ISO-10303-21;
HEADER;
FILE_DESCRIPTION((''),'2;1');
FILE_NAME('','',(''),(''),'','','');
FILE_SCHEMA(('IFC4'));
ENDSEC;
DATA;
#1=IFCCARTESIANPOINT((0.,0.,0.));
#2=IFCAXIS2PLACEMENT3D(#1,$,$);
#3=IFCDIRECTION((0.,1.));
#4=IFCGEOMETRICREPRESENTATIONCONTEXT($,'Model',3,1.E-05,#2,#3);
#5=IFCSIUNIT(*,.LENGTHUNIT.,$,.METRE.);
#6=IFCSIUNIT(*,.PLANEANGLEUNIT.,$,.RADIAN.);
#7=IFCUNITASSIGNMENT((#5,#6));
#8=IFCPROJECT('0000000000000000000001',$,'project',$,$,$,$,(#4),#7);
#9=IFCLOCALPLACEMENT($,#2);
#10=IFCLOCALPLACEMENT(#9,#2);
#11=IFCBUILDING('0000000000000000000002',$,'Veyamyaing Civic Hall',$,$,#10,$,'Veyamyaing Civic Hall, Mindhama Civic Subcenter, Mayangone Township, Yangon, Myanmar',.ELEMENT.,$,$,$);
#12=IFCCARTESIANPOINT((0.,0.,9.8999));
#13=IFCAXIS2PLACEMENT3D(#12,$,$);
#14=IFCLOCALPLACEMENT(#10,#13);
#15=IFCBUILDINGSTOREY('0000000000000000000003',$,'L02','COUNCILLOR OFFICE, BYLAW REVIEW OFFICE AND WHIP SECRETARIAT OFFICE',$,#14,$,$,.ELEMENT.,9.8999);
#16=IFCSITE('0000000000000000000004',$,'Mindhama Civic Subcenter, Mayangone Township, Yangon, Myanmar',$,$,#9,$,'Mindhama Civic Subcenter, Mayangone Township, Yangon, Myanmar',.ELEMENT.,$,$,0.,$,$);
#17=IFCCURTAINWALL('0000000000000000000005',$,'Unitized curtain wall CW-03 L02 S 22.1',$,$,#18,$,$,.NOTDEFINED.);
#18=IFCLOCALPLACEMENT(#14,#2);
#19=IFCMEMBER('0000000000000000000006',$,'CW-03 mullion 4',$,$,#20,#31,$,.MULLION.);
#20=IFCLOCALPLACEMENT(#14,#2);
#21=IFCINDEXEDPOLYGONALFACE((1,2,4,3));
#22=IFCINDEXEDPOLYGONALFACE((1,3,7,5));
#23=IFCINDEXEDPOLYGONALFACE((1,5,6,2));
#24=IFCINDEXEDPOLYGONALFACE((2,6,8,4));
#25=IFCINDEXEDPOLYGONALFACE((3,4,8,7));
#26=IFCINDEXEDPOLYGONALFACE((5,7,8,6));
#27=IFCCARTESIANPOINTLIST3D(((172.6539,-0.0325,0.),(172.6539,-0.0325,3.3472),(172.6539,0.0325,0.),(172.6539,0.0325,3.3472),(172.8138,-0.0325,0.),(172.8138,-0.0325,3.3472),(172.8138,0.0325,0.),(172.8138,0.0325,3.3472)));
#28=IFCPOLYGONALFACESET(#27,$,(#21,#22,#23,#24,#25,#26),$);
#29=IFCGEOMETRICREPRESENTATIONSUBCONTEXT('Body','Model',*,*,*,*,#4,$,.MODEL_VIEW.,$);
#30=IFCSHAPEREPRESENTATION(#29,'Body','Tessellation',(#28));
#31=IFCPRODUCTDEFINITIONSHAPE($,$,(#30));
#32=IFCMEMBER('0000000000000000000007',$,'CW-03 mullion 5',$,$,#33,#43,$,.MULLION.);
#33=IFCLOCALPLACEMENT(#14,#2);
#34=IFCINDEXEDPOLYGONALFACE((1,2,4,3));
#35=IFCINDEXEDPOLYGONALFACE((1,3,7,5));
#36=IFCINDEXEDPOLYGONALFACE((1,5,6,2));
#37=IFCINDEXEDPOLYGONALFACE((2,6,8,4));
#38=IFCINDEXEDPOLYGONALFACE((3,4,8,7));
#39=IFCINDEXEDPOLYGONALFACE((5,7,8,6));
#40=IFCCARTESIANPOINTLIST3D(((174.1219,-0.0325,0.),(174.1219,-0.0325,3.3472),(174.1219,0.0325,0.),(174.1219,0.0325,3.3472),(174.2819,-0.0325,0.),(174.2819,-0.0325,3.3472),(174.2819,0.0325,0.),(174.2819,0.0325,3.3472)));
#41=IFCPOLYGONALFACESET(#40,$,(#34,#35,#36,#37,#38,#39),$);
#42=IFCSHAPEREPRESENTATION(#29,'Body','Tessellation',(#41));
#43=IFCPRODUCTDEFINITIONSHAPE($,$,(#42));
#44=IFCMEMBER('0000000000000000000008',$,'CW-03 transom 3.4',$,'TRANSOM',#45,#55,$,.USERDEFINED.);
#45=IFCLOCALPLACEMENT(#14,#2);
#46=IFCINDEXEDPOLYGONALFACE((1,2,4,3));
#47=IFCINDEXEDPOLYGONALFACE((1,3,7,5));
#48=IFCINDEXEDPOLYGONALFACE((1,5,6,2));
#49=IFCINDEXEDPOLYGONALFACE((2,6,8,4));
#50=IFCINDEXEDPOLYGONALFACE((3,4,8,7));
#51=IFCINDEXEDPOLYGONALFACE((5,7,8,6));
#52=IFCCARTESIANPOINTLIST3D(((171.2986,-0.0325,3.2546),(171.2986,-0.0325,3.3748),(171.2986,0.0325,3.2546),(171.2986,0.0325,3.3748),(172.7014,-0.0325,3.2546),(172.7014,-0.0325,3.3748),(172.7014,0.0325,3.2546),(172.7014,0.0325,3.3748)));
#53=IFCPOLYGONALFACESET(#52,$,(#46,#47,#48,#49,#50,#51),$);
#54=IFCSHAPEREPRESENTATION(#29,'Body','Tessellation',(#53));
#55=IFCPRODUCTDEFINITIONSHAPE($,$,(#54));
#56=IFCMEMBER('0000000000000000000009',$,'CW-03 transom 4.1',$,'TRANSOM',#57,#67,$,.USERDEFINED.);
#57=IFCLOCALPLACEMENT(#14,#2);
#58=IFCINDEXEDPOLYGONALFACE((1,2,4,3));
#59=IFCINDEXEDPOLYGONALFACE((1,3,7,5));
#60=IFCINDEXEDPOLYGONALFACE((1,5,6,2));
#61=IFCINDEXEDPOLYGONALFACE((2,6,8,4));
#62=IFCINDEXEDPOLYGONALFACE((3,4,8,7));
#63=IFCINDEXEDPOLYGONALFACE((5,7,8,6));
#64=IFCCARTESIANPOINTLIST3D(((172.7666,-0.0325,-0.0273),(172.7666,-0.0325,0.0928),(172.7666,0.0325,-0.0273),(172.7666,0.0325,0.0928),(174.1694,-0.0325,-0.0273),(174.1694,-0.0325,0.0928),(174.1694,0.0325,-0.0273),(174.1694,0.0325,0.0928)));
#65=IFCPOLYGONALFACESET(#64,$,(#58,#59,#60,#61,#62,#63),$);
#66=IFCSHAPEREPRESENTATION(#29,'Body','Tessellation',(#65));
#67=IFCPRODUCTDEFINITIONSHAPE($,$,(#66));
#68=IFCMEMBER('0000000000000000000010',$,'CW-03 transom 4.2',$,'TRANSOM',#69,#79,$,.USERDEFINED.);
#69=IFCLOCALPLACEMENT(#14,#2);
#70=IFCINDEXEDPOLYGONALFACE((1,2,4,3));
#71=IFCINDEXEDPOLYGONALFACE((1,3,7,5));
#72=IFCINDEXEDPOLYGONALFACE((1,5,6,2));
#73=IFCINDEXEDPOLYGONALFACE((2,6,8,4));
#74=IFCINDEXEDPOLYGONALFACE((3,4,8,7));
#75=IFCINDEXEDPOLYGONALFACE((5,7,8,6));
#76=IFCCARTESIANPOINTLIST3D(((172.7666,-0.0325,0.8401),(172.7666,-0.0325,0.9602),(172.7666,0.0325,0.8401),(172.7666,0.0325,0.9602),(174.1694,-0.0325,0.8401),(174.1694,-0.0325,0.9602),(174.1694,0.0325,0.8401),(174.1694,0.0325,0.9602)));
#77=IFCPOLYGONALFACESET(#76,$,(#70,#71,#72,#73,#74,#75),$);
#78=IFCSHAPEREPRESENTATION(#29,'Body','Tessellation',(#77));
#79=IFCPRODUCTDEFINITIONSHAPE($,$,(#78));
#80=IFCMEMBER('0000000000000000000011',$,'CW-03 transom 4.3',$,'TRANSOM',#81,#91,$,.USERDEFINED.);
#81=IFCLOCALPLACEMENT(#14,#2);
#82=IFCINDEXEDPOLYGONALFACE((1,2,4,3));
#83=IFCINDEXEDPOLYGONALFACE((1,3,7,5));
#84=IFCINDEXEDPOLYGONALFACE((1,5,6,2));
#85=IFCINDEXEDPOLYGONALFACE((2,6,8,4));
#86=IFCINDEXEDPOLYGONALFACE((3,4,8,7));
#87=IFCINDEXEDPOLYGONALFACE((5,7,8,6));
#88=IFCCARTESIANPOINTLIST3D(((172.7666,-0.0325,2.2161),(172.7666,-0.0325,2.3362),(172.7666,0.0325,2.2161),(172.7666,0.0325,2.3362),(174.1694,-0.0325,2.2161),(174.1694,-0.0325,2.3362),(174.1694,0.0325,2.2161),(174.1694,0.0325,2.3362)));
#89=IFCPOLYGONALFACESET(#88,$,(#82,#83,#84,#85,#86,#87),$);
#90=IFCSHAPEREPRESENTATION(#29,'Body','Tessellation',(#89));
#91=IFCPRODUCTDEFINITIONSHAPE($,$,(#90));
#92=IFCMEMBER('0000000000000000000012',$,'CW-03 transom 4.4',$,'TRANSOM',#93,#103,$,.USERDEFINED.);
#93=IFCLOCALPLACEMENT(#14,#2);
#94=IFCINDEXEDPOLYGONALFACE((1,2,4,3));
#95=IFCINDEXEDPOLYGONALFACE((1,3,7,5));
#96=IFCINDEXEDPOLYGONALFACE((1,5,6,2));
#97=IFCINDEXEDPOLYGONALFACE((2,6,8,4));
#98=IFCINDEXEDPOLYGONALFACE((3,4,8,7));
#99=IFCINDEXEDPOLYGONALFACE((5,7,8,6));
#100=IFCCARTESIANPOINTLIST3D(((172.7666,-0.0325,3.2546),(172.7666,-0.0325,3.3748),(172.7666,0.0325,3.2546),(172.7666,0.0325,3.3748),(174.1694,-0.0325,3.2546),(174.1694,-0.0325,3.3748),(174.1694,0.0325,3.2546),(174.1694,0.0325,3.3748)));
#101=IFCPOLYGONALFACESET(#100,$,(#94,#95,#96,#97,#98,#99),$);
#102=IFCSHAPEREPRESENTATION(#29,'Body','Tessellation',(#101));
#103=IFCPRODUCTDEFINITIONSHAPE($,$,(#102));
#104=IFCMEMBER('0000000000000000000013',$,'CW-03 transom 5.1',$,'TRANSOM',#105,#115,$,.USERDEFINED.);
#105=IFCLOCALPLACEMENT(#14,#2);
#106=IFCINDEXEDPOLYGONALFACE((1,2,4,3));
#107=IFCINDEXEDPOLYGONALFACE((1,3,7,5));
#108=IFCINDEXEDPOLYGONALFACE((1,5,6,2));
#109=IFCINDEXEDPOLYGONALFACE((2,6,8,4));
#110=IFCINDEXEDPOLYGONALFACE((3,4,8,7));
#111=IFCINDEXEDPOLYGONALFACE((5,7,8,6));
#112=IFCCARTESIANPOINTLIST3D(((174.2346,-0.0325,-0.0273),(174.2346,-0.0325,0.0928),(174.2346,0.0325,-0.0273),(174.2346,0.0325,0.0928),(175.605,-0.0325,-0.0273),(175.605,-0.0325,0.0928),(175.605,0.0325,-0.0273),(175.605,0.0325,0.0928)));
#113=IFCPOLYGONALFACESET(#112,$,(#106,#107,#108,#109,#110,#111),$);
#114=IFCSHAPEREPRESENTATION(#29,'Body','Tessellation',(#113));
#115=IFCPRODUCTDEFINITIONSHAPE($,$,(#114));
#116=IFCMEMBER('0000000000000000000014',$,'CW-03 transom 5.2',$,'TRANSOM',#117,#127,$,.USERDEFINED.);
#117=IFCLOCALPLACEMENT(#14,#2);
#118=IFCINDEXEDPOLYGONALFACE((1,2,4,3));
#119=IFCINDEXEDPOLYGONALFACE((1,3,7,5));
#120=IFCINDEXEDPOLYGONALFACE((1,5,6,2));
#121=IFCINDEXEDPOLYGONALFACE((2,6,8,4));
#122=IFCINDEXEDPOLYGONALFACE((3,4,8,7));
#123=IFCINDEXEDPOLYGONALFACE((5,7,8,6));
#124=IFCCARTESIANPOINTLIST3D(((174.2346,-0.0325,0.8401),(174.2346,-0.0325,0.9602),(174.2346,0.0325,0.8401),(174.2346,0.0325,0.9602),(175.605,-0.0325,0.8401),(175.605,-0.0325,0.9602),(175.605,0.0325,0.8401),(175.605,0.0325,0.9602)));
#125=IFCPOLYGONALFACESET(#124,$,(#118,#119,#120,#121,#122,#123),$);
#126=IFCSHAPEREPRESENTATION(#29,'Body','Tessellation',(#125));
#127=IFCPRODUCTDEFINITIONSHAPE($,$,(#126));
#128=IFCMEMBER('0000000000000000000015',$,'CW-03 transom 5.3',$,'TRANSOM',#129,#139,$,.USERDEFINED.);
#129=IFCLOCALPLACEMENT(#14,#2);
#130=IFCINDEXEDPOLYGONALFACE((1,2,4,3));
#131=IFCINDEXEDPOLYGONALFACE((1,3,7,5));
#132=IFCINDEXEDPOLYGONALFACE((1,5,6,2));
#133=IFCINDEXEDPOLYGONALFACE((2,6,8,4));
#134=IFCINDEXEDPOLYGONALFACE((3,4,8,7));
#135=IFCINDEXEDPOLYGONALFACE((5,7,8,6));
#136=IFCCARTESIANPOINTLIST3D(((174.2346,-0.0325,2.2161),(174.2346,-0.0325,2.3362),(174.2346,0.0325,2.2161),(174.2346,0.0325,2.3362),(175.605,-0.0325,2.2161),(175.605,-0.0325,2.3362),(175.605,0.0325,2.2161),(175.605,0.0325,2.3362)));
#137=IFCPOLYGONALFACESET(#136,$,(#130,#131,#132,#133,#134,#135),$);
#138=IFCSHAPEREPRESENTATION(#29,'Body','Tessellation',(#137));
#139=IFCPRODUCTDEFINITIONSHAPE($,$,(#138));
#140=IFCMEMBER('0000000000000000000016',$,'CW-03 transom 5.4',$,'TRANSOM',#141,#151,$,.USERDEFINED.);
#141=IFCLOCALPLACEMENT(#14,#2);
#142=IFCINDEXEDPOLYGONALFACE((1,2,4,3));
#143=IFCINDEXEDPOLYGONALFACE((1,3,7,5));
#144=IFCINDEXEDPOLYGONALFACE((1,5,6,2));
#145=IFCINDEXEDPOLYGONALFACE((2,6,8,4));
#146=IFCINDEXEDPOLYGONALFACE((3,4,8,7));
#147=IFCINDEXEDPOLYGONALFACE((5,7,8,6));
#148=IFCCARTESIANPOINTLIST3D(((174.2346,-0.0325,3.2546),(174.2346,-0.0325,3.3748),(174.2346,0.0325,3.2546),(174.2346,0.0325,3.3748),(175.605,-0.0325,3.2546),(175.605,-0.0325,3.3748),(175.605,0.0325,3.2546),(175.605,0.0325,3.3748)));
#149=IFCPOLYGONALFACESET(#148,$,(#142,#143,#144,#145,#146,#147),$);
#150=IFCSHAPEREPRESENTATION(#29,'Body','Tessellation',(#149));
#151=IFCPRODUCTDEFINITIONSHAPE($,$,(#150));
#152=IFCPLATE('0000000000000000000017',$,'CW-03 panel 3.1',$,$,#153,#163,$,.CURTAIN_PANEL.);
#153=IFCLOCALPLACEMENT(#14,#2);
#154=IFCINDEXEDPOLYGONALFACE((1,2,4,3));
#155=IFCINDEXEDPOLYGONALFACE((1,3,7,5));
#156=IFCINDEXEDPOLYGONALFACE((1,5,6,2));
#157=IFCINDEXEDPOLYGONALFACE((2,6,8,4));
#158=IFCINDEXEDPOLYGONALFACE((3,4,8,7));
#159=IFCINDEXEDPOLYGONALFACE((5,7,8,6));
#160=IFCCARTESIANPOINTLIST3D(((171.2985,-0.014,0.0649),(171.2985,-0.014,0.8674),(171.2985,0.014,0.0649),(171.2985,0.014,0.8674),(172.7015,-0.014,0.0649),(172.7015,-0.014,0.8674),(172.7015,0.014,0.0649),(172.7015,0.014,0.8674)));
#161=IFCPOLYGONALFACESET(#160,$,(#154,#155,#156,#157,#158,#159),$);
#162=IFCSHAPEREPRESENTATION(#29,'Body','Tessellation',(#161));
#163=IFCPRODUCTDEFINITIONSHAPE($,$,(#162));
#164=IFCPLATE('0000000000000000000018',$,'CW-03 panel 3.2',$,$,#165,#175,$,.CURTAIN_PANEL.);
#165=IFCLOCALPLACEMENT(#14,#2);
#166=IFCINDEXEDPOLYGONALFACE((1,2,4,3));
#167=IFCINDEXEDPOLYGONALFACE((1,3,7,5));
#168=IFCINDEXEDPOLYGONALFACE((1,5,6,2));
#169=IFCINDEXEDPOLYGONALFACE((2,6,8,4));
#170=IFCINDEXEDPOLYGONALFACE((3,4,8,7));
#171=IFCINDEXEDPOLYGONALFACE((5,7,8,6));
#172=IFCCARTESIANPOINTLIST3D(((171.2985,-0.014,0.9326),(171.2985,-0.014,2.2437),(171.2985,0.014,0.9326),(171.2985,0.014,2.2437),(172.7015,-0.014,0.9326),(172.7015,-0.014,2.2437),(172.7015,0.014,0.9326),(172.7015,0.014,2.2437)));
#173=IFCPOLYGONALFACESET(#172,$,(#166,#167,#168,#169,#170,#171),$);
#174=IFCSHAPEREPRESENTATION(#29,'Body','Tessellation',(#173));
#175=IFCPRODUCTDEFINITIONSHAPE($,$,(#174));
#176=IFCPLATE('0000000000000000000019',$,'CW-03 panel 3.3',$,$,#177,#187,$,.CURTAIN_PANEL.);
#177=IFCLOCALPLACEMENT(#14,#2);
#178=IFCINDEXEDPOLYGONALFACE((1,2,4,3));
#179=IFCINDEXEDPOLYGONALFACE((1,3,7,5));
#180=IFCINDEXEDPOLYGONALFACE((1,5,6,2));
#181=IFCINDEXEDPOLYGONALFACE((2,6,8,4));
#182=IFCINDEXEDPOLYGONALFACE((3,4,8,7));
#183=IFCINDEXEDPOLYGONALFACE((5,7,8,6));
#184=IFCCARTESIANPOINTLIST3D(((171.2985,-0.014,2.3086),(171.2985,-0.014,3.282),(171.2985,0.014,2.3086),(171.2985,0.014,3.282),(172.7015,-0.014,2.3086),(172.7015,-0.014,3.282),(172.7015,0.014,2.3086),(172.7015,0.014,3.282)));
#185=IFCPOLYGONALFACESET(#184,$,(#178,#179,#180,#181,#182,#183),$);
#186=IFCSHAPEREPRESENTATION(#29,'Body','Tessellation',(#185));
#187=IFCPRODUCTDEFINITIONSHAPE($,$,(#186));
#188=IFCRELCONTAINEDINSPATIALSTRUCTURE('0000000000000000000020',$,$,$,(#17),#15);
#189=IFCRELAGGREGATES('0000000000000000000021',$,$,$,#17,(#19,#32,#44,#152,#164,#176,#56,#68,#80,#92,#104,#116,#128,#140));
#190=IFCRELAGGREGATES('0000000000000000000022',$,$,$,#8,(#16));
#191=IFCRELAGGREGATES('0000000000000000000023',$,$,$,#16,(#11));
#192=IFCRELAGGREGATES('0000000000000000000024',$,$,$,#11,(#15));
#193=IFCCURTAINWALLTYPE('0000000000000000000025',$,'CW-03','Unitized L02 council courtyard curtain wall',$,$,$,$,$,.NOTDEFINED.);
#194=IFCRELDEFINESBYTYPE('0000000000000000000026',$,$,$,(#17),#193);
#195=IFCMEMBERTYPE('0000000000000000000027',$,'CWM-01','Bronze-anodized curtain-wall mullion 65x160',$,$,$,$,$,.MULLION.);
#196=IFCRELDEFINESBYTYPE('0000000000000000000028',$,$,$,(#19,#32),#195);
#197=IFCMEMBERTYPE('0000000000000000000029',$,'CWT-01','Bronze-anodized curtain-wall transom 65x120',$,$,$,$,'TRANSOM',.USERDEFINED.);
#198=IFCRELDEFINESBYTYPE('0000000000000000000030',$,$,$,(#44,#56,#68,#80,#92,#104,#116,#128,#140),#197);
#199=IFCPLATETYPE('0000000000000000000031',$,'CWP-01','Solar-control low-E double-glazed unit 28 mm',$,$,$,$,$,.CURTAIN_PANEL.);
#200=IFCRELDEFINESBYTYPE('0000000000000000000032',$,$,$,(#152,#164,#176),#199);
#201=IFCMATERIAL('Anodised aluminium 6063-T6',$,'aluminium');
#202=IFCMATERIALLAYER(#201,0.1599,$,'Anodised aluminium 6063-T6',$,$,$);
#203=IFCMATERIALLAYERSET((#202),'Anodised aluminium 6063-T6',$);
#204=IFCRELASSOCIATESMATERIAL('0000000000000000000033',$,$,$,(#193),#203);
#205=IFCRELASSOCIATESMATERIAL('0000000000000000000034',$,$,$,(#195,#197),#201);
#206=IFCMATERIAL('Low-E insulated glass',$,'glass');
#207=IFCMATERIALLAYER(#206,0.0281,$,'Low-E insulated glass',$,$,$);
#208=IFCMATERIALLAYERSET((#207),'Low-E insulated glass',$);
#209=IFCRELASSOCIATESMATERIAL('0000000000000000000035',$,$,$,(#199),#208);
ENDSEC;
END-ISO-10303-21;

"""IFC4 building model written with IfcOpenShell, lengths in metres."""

from ifc_helpers import new_model, si_unit, direction, frame, origin, origin_2d, place, context, subcontext, project, spatial, rectangle, extrude, material, layer, layer_set, material_profile, profile_set, type_object, element, aggregate, save


model = new_model("IFC4")

# Units and contexts
model_context = context("Model", 3, precision=1e-05, world=origin(), true_north=direction((0.0, 1.0)))
body_context = subcontext(model_context, "Body", "Model", "MODEL_VIEW")
ifc_project = project(units=[si_unit("LENGTHUNIT", "METRE"), si_unit("PLANEANGLEUNIT", "RADIAN")], contexts=[model_context])

# Site, building, storey
site_placement = place(None, origin())
site = spatial("IfcSite", under=ifc_project, at=site_placement, Name="Mindhama Civic Subcenter, Mayangone Township, Yangon, Myanmar", LongName="Mindhama Civic Subcenter, Mayangone Township, Yangon, Myanmar", CompositionType="ELEMENT", RefElevation=0.0)
building_placement = place(site_placement, origin())
building = spatial("IfcBuilding", under=site, at=building_placement, Name="Veyamyaing Civic Hall", LongName="Veyamyaing Civic Hall, Mindhama Civic Subcenter, Mayangone Township, Yangon, Myanmar", CompositionType="ELEMENT")
storey_placement = place(building_placement, frame((0.0, 0.0, 9.8999)))
storey = spatial("IfcBuildingStorey", under=building, at=storey_placement, Name="L02", Description="COUNCILLOR OFFICE, BYLAW REVIEW OFFICE AND WHIP SECRETARIAT OFFICE", CompositionType="ELEMENT", Elevation=9.8999)

# Curtain wall, members, plates
ifc_material_1 = material(Name="Anodised aluminium 6063-T6", Category="aluminium")
ifc_layer_1 = layer(ifc_material_1, 0.1599, Name="Anodised aluminium 6063-T6")
ifc_layer_set_1 = layer_set([ifc_layer_1], Name="Anodised aluminium 6063-T6")
curtain_wall_type = type_object("IfcCurtainWallType", Name="CW-03", Description="Unitized L02 council courtyard curtain wall", PredefinedType="NOTDEFINED", material=ifc_layer_set_1)
curtain_wall_placement = place(storey_placement, origin())
curtain_wall = element("IfcCurtainWall", 1, at=curtain_wall_placement, inside=storey, type_object=curtain_wall_type, Name="Unitized curtain wall CW-03 L02 S 22.1", PredefinedType="NOTDEFINED")
ifc_material_profile_1 = material_profile(ifc_material_1, rectangle(XDim=0.0649, YDim=0.1599, at=origin_2d()), Name="ALU-MUL-65X160")
ifc_profile_set_1 = profile_set([ifc_material_profile_1], Name="Anodised aluminium 6063-T6")
member_type_1 = type_object("IfcMemberType", Name="CWM-01", Description="Bronze-anodized curtain-wall mullion 65x160", PredefinedType="MULLION", material=ifc_profile_set_1)
member_1_placement = place(storey_placement, frame((172.7339, 0.0, 0.0), z_axis=(0.0, 0.0, 1.0), x_axis=(0.0, 1.0, 0.0)))
member_1 = element("IfcMember", 2, at=member_1_placement, type_object=member_type_1, Name="CW-03 mullion 4", PredefinedType="MULLION", context=body_context, shape_type="SweptSolid", body=[
    extrude(rectangle(XDim=0.0649, YDim=0.1599, at=origin_2d()), origin(), (0.0, 0.0, 1.0), 3.3472),
])
member_2_placement = place(storey_placement, frame((174.2019, 0.0, 0.0), z_axis=(0.0, 0.0, 1.0), x_axis=(0.0, 1.0, 0.0)))
member_2 = element("IfcMember", 3, at=member_2_placement, type_object=member_type_1, Name="CW-03 mullion 5", PredefinedType="MULLION", context=body_context, shape_type="SweptSolid", body=[
    extrude(rectangle(XDim=0.0649, YDim=0.1599, at=origin_2d()), origin(), (0.0, 0.0, 1.0), 3.3472),
])
ifc_material_profile_2 = material_profile(ifc_material_1, rectangle(XDim=0.0649, YDim=0.1201, at=origin_2d()), Name="ALU-TRN-65X120")
ifc_profile_set_2 = profile_set([ifc_material_profile_2], Name="Anodised aluminium 6063-T6")
member_type_2 = type_object("IfcMemberType", Name="CWT-01", Description="Bronze-anodized curtain-wall transom 65x120", ElementType="TRANSOM", PredefinedType="USERDEFINED", material=ifc_profile_set_2)
member_3_placement = place(storey_placement, frame((171.2986, 0.0, 3.3147), z_axis=(1.0, 0.0, 0.0), x_axis=(0.0, 1.0, 0.0)))
member_3 = element("IfcMember", 4, at=member_3_placement, type_object=member_type_2, Name="CW-03 transom 3.4", ObjectType="TRANSOM", PredefinedType="USERDEFINED", context=body_context, shape_type="SweptSolid", body=[
    extrude(rectangle(XDim=0.0649, YDim=0.1201, at=origin_2d()), origin(), (0.0, 0.0, 1.0), 1.4028),
])
member_4_placement = place(storey_placement, frame((172.7666, 0.0, 0.0327), z_axis=(1.0, 0.0, 0.0), x_axis=(0.0, 1.0, 0.0)))
member_4 = element("IfcMember", 5, at=member_4_placement, type_object=member_type_2, Name="CW-03 transom 4.1", ObjectType="TRANSOM", PredefinedType="USERDEFINED", context=body_context, shape_type="SweptSolid", body=[
    extrude(rectangle(XDim=0.0649, YDim=0.1201, at=origin_2d()), origin(), (0.0, 0.0, 1.0), 1.4028),
])
member_5_placement = place(storey_placement, frame((172.7666, 0.0, 0.9001), z_axis=(1.0, 0.0, 0.0), x_axis=(0.0, 1.0, 0.0)))
member_5 = element("IfcMember", 6, at=member_5_placement, type_object=member_type_2, Name="CW-03 transom 4.2", ObjectType="TRANSOM", PredefinedType="USERDEFINED", context=body_context, shape_type="SweptSolid", body=[
    extrude(rectangle(XDim=0.0649, YDim=0.1201, at=origin_2d()), origin(), (0.0, 0.0, 1.0), 1.4028),
])
member_6_placement = place(storey_placement, frame((172.7666, 0.0, 2.2761), z_axis=(1.0, 0.0, 0.0), x_axis=(0.0, 1.0, 0.0)))
member_6 = element("IfcMember", 7, at=member_6_placement, type_object=member_type_2, Name="CW-03 transom 4.3", ObjectType="TRANSOM", PredefinedType="USERDEFINED", context=body_context, shape_type="SweptSolid", body=[
    extrude(rectangle(XDim=0.0649, YDim=0.1201, at=origin_2d()), origin(), (0.0, 0.0, 1.0), 1.4028),
])
member_7_placement = place(storey_placement, frame((172.7666, 0.0, 3.3147), z_axis=(1.0, 0.0, 0.0), x_axis=(0.0, 1.0, 0.0)))
member_7 = element("IfcMember", 8, at=member_7_placement, type_object=member_type_2, Name="CW-03 transom 4.4", ObjectType="TRANSOM", PredefinedType="USERDEFINED", context=body_context, shape_type="SweptSolid", body=[
    extrude(rectangle(XDim=0.0649, YDim=0.1201, at=origin_2d()), origin(), (0.0, 0.0, 1.0), 1.4028),
])
member_8_placement = place(storey_placement, frame((174.2346, 0.0, 0.0327), z_axis=(1.0, 0.0, 0.0), x_axis=(0.0, 1.0, 0.0)))
member_8 = element("IfcMember", 9, at=member_8_placement, type_object=member_type_2, Name="CW-03 transom 5.1", ObjectType="TRANSOM", PredefinedType="USERDEFINED", context=body_context, shape_type="SweptSolid", body=[
    extrude(rectangle(XDim=0.0649, YDim=0.1201, at=origin_2d()), origin(), (0.0, 0.0, 1.0), 1.3704),
])
member_9_placement = place(storey_placement, frame((174.2346, 0.0, 0.9001), z_axis=(1.0, 0.0, 0.0), x_axis=(0.0, 1.0, 0.0)))
member_9 = element("IfcMember", 10, at=member_9_placement, type_object=member_type_2, Name="CW-03 transom 5.2", ObjectType="TRANSOM", PredefinedType="USERDEFINED", context=body_context, shape_type="SweptSolid", body=[
    extrude(rectangle(XDim=0.0649, YDim=0.1201, at=origin_2d()), origin(), (0.0, 0.0, 1.0), 1.3704),
])
member_10_placement = place(storey_placement, frame((174.2346, 0.0, 2.2761), z_axis=(1.0, 0.0, 0.0), x_axis=(0.0, 1.0, 0.0)))
member_10 = element("IfcMember", 11, at=member_10_placement, type_object=member_type_2, Name="CW-03 transom 5.3", ObjectType="TRANSOM", PredefinedType="USERDEFINED", context=body_context, shape_type="SweptSolid", body=[
    extrude(rectangle(XDim=0.0649, YDim=0.1201, at=origin_2d()), origin(), (0.0, 0.0, 1.0), 1.3704),
])
member_11_placement = place(storey_placement, frame((174.2346, 0.0, 3.3147), z_axis=(1.0, 0.0, 0.0), x_axis=(0.0, 1.0, 0.0)))
member_11 = element("IfcMember", 12, at=member_11_placement, type_object=member_type_2, Name="CW-03 transom 5.4", ObjectType="TRANSOM", PredefinedType="USERDEFINED", context=body_context, shape_type="SweptSolid", body=[
    extrude(rectangle(XDim=0.0649, YDim=0.1201, at=origin_2d()), origin(), (0.0, 0.0, 1.0), 1.3704),
])
ifc_material_2 = material(Name="Low-E insulated glass", Category="glass")
ifc_layer_2 = layer(ifc_material_2, 0.0281, Name="Low-E insulated glass")
ifc_layer_set_2 = layer_set([ifc_layer_2], Name="Low-E insulated glass")
plate_type = type_object("IfcPlateType", Name="CWP-01", Description="Solar-control low-E double-glazed unit 28 mm", PredefinedType="CURTAIN_PANEL", material=ifc_layer_set_2)
plate_1_placement = place(storey_placement, frame((172.0, 0.0, 0.0649), z_axis=(0.0, 0.0, 1.0), x_axis=(1.0, 0.0, 0.0)))
plate_1 = element("IfcPlate", 13, at=plate_1_placement, type_object=plate_type, Name="CW-03 panel 3.1", PredefinedType="CURTAIN_PANEL", context=body_context, shape_type="SweptSolid", body=[
    extrude(rectangle(XDim=1.4031, YDim=0.0281, at=origin_2d()), origin(), (0.0, 0.0, 1.0), 0.8025),
])
plate_2_placement = place(storey_placement, frame((172.0, 0.0, 0.9326), z_axis=(0.0, 0.0, 1.0), x_axis=(1.0, 0.0, 0.0)))
plate_2 = element("IfcPlate", 14, at=plate_2_placement, type_object=plate_type, Name="CW-03 panel 3.2", PredefinedType="CURTAIN_PANEL", context=body_context, shape_type="SweptSolid", body=[
    extrude(rectangle(XDim=1.4031, YDim=0.0281, at=origin_2d()), origin(), (0.0, 0.0, 1.0), 1.311),
])
plate_3_placement = place(storey_placement, frame((172.0, 0.0, 2.3086), z_axis=(0.0, 0.0, 1.0), x_axis=(1.0, 0.0, 0.0)))
plate_3 = element("IfcPlate", 15, at=plate_3_placement, type_object=plate_type, Name="CW-03 panel 3.3", PredefinedType="CURTAIN_PANEL", context=body_context, shape_type="SweptSolid", body=[
    extrude(rectangle(XDim=1.4031, YDim=0.0281, at=origin_2d()), origin(), (0.0, 0.0, 1.0), 0.9734),
])
aggregate(curtain_wall, [member_1, member_2, member_3, plate_1, plate_2, plate_3, member_4, member_5, member_6, member_7, member_8, member_9, member_10, member_11])

save(model, "model.ifc")
